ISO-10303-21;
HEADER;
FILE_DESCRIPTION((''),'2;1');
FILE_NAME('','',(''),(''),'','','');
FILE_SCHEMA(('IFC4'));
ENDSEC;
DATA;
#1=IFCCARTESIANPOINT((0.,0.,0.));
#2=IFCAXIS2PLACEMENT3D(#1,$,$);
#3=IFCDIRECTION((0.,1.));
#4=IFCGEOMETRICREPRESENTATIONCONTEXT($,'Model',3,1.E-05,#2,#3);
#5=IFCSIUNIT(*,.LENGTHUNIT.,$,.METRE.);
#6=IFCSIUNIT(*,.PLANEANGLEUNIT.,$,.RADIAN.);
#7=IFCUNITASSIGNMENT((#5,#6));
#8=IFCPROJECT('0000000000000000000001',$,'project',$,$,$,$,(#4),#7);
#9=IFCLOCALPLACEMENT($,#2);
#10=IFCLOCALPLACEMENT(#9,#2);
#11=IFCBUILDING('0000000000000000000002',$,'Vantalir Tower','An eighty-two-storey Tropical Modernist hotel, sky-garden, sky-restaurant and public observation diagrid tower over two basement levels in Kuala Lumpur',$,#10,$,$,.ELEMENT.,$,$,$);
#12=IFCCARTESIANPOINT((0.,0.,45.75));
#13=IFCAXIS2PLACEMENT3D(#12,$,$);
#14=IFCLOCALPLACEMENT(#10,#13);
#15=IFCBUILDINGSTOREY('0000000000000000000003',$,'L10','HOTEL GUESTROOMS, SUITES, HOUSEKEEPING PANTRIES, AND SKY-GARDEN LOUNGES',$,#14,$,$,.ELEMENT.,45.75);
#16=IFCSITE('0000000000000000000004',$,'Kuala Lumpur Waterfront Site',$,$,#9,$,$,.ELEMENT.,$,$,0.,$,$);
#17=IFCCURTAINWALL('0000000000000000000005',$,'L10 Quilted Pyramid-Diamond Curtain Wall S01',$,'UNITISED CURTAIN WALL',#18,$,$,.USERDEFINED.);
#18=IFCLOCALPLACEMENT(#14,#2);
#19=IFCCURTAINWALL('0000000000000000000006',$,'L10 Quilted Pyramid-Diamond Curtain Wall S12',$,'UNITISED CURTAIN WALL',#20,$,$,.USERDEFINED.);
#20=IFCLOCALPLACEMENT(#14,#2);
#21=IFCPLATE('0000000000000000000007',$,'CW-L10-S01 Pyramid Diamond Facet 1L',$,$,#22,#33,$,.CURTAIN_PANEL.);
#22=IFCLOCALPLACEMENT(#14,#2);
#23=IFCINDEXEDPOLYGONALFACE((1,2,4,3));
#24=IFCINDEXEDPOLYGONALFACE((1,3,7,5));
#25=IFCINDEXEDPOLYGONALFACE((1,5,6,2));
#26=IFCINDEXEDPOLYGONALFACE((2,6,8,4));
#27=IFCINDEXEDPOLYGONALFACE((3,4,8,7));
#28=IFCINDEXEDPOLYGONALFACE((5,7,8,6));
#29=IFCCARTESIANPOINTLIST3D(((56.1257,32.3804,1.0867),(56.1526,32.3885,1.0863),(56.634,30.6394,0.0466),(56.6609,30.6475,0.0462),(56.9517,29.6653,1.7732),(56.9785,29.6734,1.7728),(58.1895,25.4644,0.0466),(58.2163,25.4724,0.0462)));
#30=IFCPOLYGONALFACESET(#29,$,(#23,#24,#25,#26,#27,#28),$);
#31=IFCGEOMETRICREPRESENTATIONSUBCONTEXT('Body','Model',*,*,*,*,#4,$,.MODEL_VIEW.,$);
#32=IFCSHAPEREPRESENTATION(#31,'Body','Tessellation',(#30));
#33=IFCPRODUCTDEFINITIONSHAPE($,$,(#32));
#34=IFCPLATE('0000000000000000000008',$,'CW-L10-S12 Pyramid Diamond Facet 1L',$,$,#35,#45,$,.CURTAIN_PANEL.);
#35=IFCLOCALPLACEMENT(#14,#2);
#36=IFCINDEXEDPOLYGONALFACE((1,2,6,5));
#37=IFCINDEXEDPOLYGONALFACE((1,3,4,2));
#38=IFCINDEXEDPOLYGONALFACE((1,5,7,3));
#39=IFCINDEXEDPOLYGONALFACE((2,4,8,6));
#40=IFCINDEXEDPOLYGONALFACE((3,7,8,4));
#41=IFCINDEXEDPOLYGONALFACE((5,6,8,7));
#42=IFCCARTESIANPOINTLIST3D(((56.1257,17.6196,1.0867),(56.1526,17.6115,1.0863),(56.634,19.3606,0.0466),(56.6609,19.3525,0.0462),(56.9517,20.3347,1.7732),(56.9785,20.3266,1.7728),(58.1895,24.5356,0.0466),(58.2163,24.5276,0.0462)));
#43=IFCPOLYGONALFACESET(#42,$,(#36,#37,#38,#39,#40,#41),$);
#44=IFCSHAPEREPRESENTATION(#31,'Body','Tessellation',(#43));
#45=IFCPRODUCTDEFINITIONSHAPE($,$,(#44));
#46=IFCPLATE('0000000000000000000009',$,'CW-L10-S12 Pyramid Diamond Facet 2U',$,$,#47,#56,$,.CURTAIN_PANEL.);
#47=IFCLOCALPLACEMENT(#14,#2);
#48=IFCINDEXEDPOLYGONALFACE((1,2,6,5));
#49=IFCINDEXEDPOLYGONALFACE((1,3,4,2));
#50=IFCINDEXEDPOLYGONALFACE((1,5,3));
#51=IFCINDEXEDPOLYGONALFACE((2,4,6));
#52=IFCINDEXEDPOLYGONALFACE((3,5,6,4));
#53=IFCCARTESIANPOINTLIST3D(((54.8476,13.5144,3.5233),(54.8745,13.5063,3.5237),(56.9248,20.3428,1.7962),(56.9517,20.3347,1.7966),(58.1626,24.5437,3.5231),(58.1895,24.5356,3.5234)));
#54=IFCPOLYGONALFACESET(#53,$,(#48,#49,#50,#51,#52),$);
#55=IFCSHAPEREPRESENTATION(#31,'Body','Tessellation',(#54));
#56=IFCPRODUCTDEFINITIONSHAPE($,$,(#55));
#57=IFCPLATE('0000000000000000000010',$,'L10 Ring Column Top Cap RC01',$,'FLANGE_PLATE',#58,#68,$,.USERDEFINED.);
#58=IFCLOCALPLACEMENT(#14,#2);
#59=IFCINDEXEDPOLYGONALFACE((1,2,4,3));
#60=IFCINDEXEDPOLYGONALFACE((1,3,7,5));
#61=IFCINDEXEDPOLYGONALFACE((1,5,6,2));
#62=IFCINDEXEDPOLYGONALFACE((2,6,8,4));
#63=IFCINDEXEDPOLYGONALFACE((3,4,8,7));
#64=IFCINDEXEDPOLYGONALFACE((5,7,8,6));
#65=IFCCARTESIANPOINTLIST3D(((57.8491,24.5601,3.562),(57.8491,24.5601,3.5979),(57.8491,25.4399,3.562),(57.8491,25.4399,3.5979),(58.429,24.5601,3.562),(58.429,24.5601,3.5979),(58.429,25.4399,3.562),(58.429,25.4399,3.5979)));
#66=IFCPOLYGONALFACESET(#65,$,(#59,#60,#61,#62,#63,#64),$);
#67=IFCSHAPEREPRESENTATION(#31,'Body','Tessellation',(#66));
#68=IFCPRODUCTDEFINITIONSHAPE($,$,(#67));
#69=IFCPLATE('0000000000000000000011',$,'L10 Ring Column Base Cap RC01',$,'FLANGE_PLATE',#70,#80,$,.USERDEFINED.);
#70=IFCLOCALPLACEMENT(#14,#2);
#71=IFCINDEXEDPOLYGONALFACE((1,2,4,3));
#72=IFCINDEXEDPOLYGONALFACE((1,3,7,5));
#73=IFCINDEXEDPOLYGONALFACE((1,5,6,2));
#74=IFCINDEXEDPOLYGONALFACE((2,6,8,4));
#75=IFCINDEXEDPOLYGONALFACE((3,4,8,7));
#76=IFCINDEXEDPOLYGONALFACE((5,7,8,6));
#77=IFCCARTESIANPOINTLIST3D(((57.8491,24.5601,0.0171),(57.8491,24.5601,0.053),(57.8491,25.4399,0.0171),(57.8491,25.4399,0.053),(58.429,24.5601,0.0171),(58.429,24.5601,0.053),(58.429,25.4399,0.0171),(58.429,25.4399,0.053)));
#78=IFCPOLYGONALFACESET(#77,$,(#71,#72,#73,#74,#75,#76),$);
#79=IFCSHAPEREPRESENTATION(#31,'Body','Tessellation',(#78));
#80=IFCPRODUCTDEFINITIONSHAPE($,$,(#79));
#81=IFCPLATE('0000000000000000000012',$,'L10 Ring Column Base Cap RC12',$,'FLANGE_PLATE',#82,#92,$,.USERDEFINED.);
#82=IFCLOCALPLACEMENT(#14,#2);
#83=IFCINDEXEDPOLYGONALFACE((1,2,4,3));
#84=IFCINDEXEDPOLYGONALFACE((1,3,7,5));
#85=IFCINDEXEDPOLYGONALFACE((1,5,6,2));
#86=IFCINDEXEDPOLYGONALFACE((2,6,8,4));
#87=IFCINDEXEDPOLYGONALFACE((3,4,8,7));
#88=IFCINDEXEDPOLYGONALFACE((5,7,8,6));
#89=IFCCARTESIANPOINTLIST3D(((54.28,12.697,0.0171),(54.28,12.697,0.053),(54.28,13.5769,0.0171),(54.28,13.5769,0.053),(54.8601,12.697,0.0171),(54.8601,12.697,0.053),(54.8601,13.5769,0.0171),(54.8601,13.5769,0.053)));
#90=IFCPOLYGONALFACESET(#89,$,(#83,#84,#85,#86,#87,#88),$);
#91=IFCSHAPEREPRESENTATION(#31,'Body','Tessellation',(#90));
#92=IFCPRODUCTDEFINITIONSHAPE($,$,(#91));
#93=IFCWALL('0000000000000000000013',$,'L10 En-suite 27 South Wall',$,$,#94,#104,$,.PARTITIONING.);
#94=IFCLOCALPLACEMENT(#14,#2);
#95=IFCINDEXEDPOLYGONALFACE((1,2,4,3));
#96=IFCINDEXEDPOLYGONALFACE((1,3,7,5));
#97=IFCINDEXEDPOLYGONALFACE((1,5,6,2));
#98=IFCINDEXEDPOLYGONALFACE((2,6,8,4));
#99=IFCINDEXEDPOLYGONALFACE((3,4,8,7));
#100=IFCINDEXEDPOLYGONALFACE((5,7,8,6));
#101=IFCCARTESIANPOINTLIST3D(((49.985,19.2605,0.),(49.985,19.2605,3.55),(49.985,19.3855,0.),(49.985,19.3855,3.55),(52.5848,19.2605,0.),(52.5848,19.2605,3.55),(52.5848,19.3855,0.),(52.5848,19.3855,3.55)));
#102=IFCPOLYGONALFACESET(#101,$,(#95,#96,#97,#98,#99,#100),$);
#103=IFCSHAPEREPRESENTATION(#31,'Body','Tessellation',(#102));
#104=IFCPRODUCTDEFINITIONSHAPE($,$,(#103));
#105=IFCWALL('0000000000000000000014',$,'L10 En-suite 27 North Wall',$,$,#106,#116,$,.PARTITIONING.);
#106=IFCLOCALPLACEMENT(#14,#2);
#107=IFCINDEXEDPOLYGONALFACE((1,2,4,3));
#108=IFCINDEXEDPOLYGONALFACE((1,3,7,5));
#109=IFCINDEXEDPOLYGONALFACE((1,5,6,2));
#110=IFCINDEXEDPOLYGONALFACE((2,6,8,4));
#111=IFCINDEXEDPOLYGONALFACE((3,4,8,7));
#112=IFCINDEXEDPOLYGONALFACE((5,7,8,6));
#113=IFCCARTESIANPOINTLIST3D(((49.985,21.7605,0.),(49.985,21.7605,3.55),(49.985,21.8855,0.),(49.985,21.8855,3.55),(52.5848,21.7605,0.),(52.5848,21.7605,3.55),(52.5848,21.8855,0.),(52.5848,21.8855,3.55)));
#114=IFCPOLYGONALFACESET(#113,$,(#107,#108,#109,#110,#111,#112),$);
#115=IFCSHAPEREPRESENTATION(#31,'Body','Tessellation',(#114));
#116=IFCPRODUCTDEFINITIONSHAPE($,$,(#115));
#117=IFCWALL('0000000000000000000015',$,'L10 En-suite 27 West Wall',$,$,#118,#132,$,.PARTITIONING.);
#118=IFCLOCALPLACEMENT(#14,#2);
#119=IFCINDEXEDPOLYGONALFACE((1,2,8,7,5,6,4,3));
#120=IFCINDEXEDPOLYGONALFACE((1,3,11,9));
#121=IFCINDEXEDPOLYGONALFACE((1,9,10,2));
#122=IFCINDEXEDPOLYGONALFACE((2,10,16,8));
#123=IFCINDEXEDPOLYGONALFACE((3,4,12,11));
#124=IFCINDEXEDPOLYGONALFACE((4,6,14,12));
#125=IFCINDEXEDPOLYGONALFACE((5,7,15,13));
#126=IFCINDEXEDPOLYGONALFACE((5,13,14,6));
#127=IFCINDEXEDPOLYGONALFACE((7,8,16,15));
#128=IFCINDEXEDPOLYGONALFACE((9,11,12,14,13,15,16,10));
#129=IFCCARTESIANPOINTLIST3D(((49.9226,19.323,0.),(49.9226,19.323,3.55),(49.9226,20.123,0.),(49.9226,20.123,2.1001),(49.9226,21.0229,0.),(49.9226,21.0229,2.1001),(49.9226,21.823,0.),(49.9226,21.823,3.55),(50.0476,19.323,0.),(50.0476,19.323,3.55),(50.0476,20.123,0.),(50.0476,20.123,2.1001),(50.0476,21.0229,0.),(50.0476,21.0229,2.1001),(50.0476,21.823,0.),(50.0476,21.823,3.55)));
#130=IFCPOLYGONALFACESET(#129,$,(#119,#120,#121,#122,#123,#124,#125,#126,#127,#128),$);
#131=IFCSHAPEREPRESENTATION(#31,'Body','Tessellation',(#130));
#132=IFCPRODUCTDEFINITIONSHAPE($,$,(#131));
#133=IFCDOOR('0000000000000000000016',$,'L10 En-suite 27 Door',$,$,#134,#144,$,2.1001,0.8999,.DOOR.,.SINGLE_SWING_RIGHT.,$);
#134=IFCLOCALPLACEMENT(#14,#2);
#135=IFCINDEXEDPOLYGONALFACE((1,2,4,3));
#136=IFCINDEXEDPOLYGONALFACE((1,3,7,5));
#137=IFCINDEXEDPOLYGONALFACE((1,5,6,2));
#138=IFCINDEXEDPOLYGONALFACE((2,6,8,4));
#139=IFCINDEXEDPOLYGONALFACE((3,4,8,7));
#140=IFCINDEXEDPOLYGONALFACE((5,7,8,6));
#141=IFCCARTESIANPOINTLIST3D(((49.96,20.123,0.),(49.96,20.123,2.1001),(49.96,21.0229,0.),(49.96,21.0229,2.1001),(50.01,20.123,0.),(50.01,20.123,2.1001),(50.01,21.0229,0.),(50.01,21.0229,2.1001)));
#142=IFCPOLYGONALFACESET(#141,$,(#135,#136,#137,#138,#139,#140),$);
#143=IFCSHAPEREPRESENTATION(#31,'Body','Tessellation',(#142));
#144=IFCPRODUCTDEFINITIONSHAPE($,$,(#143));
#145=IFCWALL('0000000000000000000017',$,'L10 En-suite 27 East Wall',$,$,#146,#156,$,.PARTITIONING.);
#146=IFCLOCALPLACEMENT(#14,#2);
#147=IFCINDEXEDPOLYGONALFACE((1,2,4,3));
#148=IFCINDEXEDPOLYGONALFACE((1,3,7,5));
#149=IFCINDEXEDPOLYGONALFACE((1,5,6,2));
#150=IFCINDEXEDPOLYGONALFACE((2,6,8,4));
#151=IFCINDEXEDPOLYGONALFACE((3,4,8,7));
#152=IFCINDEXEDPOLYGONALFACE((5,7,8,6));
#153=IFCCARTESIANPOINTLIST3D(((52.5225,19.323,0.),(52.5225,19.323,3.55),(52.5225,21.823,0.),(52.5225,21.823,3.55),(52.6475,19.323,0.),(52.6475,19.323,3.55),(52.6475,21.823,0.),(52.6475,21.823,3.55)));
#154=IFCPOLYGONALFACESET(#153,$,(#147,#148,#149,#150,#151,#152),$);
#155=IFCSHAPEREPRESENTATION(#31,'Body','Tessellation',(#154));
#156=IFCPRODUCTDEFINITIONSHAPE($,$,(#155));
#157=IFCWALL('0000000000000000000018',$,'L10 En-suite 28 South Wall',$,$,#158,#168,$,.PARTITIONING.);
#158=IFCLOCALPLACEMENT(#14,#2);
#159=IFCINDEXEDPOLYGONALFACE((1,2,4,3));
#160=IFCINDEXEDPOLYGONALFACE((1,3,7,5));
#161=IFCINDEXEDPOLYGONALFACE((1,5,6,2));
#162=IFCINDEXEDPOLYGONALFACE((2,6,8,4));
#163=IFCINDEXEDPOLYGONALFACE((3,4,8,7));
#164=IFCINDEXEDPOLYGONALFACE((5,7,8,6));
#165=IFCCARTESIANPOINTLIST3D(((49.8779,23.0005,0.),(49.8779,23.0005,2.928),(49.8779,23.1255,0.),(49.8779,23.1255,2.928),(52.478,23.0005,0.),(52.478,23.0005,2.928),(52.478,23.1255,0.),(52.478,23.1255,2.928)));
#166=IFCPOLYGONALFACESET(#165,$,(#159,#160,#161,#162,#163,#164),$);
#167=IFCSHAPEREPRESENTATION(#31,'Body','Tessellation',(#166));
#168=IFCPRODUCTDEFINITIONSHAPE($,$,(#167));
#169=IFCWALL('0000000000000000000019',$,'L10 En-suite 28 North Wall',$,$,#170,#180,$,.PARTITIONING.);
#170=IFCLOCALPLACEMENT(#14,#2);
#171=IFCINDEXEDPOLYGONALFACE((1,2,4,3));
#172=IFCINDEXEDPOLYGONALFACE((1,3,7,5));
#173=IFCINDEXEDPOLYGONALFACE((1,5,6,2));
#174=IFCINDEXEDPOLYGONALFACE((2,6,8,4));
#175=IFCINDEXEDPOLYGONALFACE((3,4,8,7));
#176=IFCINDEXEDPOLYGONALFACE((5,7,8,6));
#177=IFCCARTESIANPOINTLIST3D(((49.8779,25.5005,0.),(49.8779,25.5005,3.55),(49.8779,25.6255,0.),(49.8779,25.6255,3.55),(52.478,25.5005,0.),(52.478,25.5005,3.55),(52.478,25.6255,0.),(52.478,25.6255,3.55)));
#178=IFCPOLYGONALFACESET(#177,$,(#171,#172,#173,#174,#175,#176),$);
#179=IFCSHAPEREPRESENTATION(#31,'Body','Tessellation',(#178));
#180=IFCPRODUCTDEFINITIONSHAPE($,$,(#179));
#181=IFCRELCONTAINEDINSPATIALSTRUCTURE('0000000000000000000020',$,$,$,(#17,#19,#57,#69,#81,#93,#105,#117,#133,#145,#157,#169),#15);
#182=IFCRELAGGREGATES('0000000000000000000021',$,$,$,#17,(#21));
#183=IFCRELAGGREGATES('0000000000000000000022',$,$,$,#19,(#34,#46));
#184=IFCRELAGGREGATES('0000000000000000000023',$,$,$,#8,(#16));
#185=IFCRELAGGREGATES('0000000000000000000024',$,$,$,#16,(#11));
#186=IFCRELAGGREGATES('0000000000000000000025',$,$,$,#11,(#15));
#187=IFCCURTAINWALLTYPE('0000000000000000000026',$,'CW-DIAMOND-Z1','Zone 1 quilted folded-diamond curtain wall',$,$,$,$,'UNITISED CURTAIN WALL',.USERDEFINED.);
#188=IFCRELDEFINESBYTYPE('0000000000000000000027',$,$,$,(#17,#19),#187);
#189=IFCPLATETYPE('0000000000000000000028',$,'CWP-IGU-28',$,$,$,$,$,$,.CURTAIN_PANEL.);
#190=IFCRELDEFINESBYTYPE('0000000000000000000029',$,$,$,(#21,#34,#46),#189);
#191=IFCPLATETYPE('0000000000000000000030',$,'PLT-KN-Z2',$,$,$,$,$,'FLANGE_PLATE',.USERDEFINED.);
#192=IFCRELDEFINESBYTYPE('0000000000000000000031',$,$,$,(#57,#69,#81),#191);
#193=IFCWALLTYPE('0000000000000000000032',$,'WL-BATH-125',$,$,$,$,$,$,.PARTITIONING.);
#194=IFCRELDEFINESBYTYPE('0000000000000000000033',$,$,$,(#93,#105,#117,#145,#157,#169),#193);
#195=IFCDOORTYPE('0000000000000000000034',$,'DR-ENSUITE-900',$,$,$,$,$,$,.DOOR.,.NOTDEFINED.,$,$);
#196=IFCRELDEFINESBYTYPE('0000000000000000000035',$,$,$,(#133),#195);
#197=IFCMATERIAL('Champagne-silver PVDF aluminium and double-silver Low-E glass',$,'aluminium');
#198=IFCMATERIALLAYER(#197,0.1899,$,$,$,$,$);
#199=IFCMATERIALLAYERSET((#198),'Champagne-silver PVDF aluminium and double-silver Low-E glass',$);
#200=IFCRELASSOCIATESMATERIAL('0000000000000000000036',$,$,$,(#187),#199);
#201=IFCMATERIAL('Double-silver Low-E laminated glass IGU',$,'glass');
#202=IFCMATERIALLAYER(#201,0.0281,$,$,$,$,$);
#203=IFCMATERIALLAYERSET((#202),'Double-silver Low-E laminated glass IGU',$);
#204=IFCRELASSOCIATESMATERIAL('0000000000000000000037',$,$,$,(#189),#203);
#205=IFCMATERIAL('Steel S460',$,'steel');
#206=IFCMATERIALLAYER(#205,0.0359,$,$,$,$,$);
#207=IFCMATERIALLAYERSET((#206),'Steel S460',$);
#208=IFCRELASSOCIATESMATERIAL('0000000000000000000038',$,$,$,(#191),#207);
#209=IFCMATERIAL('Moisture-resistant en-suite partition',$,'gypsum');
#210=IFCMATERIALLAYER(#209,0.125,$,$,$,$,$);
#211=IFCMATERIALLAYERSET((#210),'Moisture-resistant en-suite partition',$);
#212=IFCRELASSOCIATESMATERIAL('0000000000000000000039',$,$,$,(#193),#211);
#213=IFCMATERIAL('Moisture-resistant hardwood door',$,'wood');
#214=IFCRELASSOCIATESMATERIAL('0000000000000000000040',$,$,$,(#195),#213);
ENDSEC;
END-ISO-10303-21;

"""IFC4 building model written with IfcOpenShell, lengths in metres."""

from ifc_helpers import new_model, si_unit, direction, frame, frame_2d, origin, place, context, subcontext, project, spatial, polyline, rectangle, outline, extrude, material, layer, layer_set, type_object, element, fill, aggregate, save


model = new_model("IFC4")

# Units and contexts
model_context = context("Model", 3, precision=1e-05, world=origin(), true_north=direction((0.0, 1.0)))
body_context = subcontext(model_context, "Body", "Model", "MODEL_VIEW")
ifc_project = project(units=[si_unit("LENGTHUNIT", "METRE"), si_unit("PLANEANGLEUNIT", "RADIAN")], contexts=[model_context])

# Site, building, storey
site_placement = place(None, origin())
site = spatial("IfcSite", under=ifc_project, at=site_placement, Name="Kuala Lumpur Waterfront Site", CompositionType="ELEMENT", RefElevation=0.0)
building_placement = place(site_placement, origin())
building = spatial("IfcBuilding", under=site, at=building_placement, Name="Vantalir Tower", Description="An eighty-two-storey Tropical Modernist hotel, sky-garden, sky-restaurant and public observation diagrid tower over two basement levels in Kuala Lumpur", CompositionType="ELEMENT")
storey_placement = place(building_placement, frame((0.0, 0.0, 45.75)))
storey = spatial("IfcBuildingStorey", under=building, at=storey_placement, Name="L10", Description="HOTEL GUESTROOMS, SUITES, HOUSEKEEPING PANTRIES, AND SKY-GARDEN LOUNGES", CompositionType="ELEMENT", Elevation=45.75)

# Shared definitions
ifc_material_1 = material(Name="Steel S460", Category="steel")

# Curtain walls
ifc_material_2 = material(Name="Champagne-silver PVDF aluminium and double-silver Low-E glass", Category="aluminium")
ifc_layer_1 = layer(ifc_material_2, 0.1899)
ifc_layer_set_1 = layer_set([ifc_layer_1], Name="Champagne-silver PVDF aluminium and double-silver Low-E glass")
curtain_wall_type = type_object("IfcCurtainWallType", Name="CW-DIAMOND-Z1", Description="Zone 1 quilted folded-diamond curtain wall", ElementType="UNITISED CURTAIN WALL", PredefinedType="USERDEFINED", material=ifc_layer_set_1)
curtain_wall_1_placement = place(storey_placement, origin())
curtain_wall_1 = element("IfcCurtainWall", 1, at=curtain_wall_1_placement, inside=storey, type_object=curtain_wall_type, Name="L10 Quilted Pyramid-Diamond Curtain Wall S01", ObjectType="UNITISED CURTAIN WALL", PredefinedType="USERDEFINED")
curtain_wall_2_placement = place(storey_placement, origin())
curtain_wall_2 = element("IfcCurtainWall", 2, at=curtain_wall_2_placement, inside=storey, type_object=curtain_wall_type, Name="L10 Quilted Pyramid-Diamond Curtain Wall S12", ObjectType="UNITISED CURTAIN WALL", PredefinedType="USERDEFINED")

# Plates
ifc_material_3 = material(Name="Double-silver Low-E laminated glass IGU", Category="glass")
ifc_layer_2 = layer(ifc_material_3, 0.0281)
ifc_layer_set_2 = layer_set([ifc_layer_2], Name="Double-silver Low-E laminated glass IGU")
plate_type_1 = type_object("IfcPlateType", Name="CWP-IGU-28", PredefinedType="CURTAIN_PANEL", material=ifc_layer_set_2)
plate_1_placement = place(storey_placement, frame((58.1895, 25.4644, 0.0466), z_axis=(-0.957587, -0.287814, 0.013779), x_axis=(-0.287841, 0.957678, 0.0)))
plate_1 = element("IfcPlate", 3, at=plate_1_placement, type_object=plate_type_1, Name="CW-L10-S01 Pyramid Diamond Facet 1L", PredefinedType="CURTAIN_PANEL", context=body_context, shape_type="SweptSolid", body=[
    extrude(outline(polyline([(0.0, 0.0), (5.4037, 0.0), (7.2173, -1.0401), (4.3794, -1.7267), (0.0, 0.0)])), origin(), (0.0, 0.0, -1.0), 0.0281),
])
aggregate(curtain_wall_1, [plate_1])
plate_2_placement = place(storey_placement, frame((56.634, 19.3606, 0.0466), z_axis=(-0.957587, 0.287814, 0.013779), x_axis=(0.287841, 0.957678, 0.0)))
plate_2 = element("IfcPlate", 4, at=plate_2_placement, type_object=plate_type_1, Name="CW-L10-S12 Pyramid Diamond Facet 1L", PredefinedType="CURTAIN_PANEL", context=body_context, shape_type="SweptSolid", body=[
    extrude(outline(polyline([(0.0, 0.0), (5.4037, 0.0), (1.0243, -1.7267), (-1.8136, -1.0401), (0.0, 0.0)])), origin(), (0.0, 0.0, -1.0), 0.0281),
])
plate_3_placement = place(storey_placement, frame((58.1895, 24.5356, 3.5234), z_axis=(0.957588, -0.28781, 0.013768), x_axis=(-0.287838, -0.957679, 0.000021)))
plate_3 = element("IfcPlate", 5, at=plate_3_placement, type_object=plate_type_1, Name="CW-L10-S12 Pyramid Diamond Facet 2U", PredefinedType="CURTAIN_PANEL", context=body_context, shape_type="SweptSolid", body=[
    extrude(outline(polyline([(0.0, 0.0), (11.5167, 0.0), (4.3794, 1.7271), (0.0, 0.0)])), origin(), (0.0, 0.0, -1.0), 0.0281),
])
aggregate(curtain_wall_2, [plate_2, plate_3])

# Plates
ifc_layer_3 = layer(ifc_material_1, 0.0359)
ifc_layer_set_3 = layer_set([ifc_layer_3], Name="Steel S460")
plate_type_2 = type_object("IfcPlateType", Name="PLT-KN-Z2", ElementType="FLANGE_PLATE", PredefinedType="USERDEFINED", material=ifc_layer_set_3)
for number, where, z_axis, x_axis, name in (
    (6, (57.8491, 25.4399, 3.5979), (0.0, 0.0, 1.0), (0.0, -1.0, 0.0), "L10 Ring Column Top Cap RC01"),
    (7, (57.8491, 25.4399, 0.053), (0.0, 0.0, 1.0), (0.0, -1.0, 0.0), "L10 Ring Column Base Cap RC01"),
):
    element("IfcPlate", number, at=place(storey_placement, frame(where, z_axis=z_axis, x_axis=x_axis)), inside=storey, type_object=plate_type_2, Name=name, ObjectType="FLANGE_PLATE", PredefinedType="USERDEFINED", context=body_context, shape_type="SweptSolid", body=[
        extrude(outline(polyline([(0.0, 0.0), (0.8799, 0.0), (0.8799, 0.5798), (0.0, 0.5798), (0.0, 0.0)])), origin(), (0.0, 0.0, -1.0), 0.0359),
    ])
plate_4_placement = place(storey_placement, frame((54.28, 13.5769, 0.053), z_axis=(0.0, 0.0, 1.0), x_axis=(0.0, -1.0, 0.0)))
element("IfcPlate", 8, at=plate_4_placement, inside=storey, type_object=plate_type_2, Name="L10 Ring Column Base Cap RC12", ObjectType="FLANGE_PLATE", PredefinedType="USERDEFINED", context=body_context, shape_type="SweptSolid", body=[
    extrude(outline(polyline([(0.0, 0.0), (0.8799, 0.0), (0.8799, 0.5801), (0.0, 0.5801), (0.0, 0.0)])), origin(), (0.0, 0.0, -1.0), 0.0359),
])

# Walls
ifc_material_4 = material(Name="Moisture-resistant en-suite partition", Category="gypsum")
ifc_layer_4 = layer(ifc_material_4, 0.125)
ifc_layer_set_4 = layer_set([ifc_layer_4], Name="Moisture-resistant en-suite partition")
wall_type_1 = type_object("IfcWallType", Name="WL-BATH-125", PredefinedType="PARTITIONING", material=ifc_layer_set_4)
for number, where, z_axis, x_axis, name in (
    (9, (49.9851, 19.323, 0.0), (0.0, 0.0, 1.0), (1.0, 0.0, 0.0), "L10 En-suite 27 South Wall"),
    (10, (49.9851, 21.823, 0.0), (0.0, 0.0, 1.0), (1.0, 0.0, 0.0), "L10 En-suite 27 North Wall"),
):
    element("IfcWall", number, at=place(storey_placement, frame(where, z_axis=z_axis, x_axis=x_axis)), inside=storey, type_object=wall_type_1, Name=name, PredefinedType="PARTITIONING", context=body_context, shape_type="SweptSolid", body=[
        extrude(rectangle(XDim=2.5999, YDim=0.125, at=frame_2d((1.2998, 0.0))), origin(), (0.0, 0.0, 1.0), 3.55),
    ])

# Wall, opening, door
wall_1_placement = place(storey_placement, frame((49.9851, 19.323, 0.0), z_axis=(0.0, 0.0, 1.0), x_axis=(0.0, 1.0, 0.0)))
wall_1 = element("IfcWall", 11, at=wall_1_placement, inside=storey, type_object=wall_type_1, Name="L10 En-suite 27 West Wall", PredefinedType="PARTITIONING", context=body_context, shape_type="SweptSolid", body=[
    extrude(rectangle(XDim=2.5, YDim=0.125, at=frame_2d((1.25, 0.0))), origin(), (0.0, 0.0, 1.0), 3.55),
])
opening_1_placement = place(wall_1_placement, frame((0.8, 0.0, 0.0)))
opening_1 = element("IfcOpeningElement", 12, at=opening_1_placement, cuts=wall_1, PredefinedType="OPENING", context=body_context, shape_type="SweptSolid", body=[
    extrude(rectangle(XDim=0.8999, YDim=2.1001, at=frame_2d((0.45, 1.05))), frame((0.0, 0.0725, 0.0), z_axis=(0.0, -1.0, 0.0), x_axis=(1.0, 0.0, 0.0)), (0.0, 0.0, 1.0), 0.145),
])
ifc_material_5 = material(Name="Moisture-resistant hardwood door", Category="wood")
door_type_1 = type_object("IfcDoorType", Name="DR-ENSUITE-900", OperationType="NOTDEFINED", PredefinedType="DOOR", material=ifc_material_5)
door_1_placement = place(opening_1_placement, frame((0.8999, 0.0, 0.0), z_axis=(0.0, 0.0, 1.0), x_axis=(-1.0, 0.0, 0.0)))
door_1 = element("IfcDoor", 13, at=door_1_placement, inside=storey, type_object=door_type_1, Name="L10 En-suite 27 Door", OperationType="SINGLE_SWING_RIGHT", OverallHeight=2.1001, OverallWidth=0.8999, PredefinedType="DOOR", context=body_context, shape_type="SweptSolid", body=[
    extrude(rectangle(XDim=0.8999, YDim=2.1001, at=frame_2d((0.45, 1.05))), frame((0.0, 0.0249, 0.0), z_axis=(0.0, -1.0, 0.0), x_axis=(1.0, 0.0, 0.0)), (0.0, 0.0, 1.0), 0.05),
])
fill(opening_1, door_1)

# Walls
wall_2_placement = place(storey_placement, frame((52.585, 19.323, 0.0), z_axis=(0.0, 0.0, 1.0), x_axis=(0.0, 1.0, 0.0)))
element("IfcWall", 14, at=wall_2_placement, inside=storey, type_object=wall_type_1, Name="L10 En-suite 27 East Wall", PredefinedType="PARTITIONING", context=body_context, shape_type="SweptSolid", body=[
    extrude(rectangle(XDim=2.5, YDim=0.125, at=frame_2d((1.25, 0.0))), origin(), (0.0, 0.0, 1.0), 3.55),
])
wall_3_placement = place(storey_placement, frame((49.8779, 23.063, 0.0), z_axis=(0.0, 0.0, 1.0), x_axis=(1.0, 0.0, 0.0)))
element("IfcWall", 15, at=wall_3_placement, inside=storey, type_object=wall_type_1, Name="L10 En-suite 28 South Wall", PredefinedType="PARTITIONING", context=body_context, shape_type="SweptSolid", body=[
    extrude(rectangle(XDim=2.6001, YDim=0.125, at=frame_2d((1.3, 0.0))), origin(), (0.0, 0.0, 1.0), 2.928),
])
wall_4_placement = place(storey_placement, frame((49.8779, 25.563, 0.0), z_axis=(0.0, 0.0, 1.0), x_axis=(1.0, 0.0, 0.0)))
element("IfcWall", 16, at=wall_4_placement, inside=storey, type_object=wall_type_1, Name="L10 En-suite 28 North Wall", PredefinedType="PARTITIONING", context=body_context, shape_type="SweptSolid", body=[
    extrude(rectangle(XDim=2.6001, YDim=0.125, at=frame_2d((1.3, 0.0))), origin(), (0.0, 0.0, 1.0), 3.55),
])

save(model, "model.ifc")
